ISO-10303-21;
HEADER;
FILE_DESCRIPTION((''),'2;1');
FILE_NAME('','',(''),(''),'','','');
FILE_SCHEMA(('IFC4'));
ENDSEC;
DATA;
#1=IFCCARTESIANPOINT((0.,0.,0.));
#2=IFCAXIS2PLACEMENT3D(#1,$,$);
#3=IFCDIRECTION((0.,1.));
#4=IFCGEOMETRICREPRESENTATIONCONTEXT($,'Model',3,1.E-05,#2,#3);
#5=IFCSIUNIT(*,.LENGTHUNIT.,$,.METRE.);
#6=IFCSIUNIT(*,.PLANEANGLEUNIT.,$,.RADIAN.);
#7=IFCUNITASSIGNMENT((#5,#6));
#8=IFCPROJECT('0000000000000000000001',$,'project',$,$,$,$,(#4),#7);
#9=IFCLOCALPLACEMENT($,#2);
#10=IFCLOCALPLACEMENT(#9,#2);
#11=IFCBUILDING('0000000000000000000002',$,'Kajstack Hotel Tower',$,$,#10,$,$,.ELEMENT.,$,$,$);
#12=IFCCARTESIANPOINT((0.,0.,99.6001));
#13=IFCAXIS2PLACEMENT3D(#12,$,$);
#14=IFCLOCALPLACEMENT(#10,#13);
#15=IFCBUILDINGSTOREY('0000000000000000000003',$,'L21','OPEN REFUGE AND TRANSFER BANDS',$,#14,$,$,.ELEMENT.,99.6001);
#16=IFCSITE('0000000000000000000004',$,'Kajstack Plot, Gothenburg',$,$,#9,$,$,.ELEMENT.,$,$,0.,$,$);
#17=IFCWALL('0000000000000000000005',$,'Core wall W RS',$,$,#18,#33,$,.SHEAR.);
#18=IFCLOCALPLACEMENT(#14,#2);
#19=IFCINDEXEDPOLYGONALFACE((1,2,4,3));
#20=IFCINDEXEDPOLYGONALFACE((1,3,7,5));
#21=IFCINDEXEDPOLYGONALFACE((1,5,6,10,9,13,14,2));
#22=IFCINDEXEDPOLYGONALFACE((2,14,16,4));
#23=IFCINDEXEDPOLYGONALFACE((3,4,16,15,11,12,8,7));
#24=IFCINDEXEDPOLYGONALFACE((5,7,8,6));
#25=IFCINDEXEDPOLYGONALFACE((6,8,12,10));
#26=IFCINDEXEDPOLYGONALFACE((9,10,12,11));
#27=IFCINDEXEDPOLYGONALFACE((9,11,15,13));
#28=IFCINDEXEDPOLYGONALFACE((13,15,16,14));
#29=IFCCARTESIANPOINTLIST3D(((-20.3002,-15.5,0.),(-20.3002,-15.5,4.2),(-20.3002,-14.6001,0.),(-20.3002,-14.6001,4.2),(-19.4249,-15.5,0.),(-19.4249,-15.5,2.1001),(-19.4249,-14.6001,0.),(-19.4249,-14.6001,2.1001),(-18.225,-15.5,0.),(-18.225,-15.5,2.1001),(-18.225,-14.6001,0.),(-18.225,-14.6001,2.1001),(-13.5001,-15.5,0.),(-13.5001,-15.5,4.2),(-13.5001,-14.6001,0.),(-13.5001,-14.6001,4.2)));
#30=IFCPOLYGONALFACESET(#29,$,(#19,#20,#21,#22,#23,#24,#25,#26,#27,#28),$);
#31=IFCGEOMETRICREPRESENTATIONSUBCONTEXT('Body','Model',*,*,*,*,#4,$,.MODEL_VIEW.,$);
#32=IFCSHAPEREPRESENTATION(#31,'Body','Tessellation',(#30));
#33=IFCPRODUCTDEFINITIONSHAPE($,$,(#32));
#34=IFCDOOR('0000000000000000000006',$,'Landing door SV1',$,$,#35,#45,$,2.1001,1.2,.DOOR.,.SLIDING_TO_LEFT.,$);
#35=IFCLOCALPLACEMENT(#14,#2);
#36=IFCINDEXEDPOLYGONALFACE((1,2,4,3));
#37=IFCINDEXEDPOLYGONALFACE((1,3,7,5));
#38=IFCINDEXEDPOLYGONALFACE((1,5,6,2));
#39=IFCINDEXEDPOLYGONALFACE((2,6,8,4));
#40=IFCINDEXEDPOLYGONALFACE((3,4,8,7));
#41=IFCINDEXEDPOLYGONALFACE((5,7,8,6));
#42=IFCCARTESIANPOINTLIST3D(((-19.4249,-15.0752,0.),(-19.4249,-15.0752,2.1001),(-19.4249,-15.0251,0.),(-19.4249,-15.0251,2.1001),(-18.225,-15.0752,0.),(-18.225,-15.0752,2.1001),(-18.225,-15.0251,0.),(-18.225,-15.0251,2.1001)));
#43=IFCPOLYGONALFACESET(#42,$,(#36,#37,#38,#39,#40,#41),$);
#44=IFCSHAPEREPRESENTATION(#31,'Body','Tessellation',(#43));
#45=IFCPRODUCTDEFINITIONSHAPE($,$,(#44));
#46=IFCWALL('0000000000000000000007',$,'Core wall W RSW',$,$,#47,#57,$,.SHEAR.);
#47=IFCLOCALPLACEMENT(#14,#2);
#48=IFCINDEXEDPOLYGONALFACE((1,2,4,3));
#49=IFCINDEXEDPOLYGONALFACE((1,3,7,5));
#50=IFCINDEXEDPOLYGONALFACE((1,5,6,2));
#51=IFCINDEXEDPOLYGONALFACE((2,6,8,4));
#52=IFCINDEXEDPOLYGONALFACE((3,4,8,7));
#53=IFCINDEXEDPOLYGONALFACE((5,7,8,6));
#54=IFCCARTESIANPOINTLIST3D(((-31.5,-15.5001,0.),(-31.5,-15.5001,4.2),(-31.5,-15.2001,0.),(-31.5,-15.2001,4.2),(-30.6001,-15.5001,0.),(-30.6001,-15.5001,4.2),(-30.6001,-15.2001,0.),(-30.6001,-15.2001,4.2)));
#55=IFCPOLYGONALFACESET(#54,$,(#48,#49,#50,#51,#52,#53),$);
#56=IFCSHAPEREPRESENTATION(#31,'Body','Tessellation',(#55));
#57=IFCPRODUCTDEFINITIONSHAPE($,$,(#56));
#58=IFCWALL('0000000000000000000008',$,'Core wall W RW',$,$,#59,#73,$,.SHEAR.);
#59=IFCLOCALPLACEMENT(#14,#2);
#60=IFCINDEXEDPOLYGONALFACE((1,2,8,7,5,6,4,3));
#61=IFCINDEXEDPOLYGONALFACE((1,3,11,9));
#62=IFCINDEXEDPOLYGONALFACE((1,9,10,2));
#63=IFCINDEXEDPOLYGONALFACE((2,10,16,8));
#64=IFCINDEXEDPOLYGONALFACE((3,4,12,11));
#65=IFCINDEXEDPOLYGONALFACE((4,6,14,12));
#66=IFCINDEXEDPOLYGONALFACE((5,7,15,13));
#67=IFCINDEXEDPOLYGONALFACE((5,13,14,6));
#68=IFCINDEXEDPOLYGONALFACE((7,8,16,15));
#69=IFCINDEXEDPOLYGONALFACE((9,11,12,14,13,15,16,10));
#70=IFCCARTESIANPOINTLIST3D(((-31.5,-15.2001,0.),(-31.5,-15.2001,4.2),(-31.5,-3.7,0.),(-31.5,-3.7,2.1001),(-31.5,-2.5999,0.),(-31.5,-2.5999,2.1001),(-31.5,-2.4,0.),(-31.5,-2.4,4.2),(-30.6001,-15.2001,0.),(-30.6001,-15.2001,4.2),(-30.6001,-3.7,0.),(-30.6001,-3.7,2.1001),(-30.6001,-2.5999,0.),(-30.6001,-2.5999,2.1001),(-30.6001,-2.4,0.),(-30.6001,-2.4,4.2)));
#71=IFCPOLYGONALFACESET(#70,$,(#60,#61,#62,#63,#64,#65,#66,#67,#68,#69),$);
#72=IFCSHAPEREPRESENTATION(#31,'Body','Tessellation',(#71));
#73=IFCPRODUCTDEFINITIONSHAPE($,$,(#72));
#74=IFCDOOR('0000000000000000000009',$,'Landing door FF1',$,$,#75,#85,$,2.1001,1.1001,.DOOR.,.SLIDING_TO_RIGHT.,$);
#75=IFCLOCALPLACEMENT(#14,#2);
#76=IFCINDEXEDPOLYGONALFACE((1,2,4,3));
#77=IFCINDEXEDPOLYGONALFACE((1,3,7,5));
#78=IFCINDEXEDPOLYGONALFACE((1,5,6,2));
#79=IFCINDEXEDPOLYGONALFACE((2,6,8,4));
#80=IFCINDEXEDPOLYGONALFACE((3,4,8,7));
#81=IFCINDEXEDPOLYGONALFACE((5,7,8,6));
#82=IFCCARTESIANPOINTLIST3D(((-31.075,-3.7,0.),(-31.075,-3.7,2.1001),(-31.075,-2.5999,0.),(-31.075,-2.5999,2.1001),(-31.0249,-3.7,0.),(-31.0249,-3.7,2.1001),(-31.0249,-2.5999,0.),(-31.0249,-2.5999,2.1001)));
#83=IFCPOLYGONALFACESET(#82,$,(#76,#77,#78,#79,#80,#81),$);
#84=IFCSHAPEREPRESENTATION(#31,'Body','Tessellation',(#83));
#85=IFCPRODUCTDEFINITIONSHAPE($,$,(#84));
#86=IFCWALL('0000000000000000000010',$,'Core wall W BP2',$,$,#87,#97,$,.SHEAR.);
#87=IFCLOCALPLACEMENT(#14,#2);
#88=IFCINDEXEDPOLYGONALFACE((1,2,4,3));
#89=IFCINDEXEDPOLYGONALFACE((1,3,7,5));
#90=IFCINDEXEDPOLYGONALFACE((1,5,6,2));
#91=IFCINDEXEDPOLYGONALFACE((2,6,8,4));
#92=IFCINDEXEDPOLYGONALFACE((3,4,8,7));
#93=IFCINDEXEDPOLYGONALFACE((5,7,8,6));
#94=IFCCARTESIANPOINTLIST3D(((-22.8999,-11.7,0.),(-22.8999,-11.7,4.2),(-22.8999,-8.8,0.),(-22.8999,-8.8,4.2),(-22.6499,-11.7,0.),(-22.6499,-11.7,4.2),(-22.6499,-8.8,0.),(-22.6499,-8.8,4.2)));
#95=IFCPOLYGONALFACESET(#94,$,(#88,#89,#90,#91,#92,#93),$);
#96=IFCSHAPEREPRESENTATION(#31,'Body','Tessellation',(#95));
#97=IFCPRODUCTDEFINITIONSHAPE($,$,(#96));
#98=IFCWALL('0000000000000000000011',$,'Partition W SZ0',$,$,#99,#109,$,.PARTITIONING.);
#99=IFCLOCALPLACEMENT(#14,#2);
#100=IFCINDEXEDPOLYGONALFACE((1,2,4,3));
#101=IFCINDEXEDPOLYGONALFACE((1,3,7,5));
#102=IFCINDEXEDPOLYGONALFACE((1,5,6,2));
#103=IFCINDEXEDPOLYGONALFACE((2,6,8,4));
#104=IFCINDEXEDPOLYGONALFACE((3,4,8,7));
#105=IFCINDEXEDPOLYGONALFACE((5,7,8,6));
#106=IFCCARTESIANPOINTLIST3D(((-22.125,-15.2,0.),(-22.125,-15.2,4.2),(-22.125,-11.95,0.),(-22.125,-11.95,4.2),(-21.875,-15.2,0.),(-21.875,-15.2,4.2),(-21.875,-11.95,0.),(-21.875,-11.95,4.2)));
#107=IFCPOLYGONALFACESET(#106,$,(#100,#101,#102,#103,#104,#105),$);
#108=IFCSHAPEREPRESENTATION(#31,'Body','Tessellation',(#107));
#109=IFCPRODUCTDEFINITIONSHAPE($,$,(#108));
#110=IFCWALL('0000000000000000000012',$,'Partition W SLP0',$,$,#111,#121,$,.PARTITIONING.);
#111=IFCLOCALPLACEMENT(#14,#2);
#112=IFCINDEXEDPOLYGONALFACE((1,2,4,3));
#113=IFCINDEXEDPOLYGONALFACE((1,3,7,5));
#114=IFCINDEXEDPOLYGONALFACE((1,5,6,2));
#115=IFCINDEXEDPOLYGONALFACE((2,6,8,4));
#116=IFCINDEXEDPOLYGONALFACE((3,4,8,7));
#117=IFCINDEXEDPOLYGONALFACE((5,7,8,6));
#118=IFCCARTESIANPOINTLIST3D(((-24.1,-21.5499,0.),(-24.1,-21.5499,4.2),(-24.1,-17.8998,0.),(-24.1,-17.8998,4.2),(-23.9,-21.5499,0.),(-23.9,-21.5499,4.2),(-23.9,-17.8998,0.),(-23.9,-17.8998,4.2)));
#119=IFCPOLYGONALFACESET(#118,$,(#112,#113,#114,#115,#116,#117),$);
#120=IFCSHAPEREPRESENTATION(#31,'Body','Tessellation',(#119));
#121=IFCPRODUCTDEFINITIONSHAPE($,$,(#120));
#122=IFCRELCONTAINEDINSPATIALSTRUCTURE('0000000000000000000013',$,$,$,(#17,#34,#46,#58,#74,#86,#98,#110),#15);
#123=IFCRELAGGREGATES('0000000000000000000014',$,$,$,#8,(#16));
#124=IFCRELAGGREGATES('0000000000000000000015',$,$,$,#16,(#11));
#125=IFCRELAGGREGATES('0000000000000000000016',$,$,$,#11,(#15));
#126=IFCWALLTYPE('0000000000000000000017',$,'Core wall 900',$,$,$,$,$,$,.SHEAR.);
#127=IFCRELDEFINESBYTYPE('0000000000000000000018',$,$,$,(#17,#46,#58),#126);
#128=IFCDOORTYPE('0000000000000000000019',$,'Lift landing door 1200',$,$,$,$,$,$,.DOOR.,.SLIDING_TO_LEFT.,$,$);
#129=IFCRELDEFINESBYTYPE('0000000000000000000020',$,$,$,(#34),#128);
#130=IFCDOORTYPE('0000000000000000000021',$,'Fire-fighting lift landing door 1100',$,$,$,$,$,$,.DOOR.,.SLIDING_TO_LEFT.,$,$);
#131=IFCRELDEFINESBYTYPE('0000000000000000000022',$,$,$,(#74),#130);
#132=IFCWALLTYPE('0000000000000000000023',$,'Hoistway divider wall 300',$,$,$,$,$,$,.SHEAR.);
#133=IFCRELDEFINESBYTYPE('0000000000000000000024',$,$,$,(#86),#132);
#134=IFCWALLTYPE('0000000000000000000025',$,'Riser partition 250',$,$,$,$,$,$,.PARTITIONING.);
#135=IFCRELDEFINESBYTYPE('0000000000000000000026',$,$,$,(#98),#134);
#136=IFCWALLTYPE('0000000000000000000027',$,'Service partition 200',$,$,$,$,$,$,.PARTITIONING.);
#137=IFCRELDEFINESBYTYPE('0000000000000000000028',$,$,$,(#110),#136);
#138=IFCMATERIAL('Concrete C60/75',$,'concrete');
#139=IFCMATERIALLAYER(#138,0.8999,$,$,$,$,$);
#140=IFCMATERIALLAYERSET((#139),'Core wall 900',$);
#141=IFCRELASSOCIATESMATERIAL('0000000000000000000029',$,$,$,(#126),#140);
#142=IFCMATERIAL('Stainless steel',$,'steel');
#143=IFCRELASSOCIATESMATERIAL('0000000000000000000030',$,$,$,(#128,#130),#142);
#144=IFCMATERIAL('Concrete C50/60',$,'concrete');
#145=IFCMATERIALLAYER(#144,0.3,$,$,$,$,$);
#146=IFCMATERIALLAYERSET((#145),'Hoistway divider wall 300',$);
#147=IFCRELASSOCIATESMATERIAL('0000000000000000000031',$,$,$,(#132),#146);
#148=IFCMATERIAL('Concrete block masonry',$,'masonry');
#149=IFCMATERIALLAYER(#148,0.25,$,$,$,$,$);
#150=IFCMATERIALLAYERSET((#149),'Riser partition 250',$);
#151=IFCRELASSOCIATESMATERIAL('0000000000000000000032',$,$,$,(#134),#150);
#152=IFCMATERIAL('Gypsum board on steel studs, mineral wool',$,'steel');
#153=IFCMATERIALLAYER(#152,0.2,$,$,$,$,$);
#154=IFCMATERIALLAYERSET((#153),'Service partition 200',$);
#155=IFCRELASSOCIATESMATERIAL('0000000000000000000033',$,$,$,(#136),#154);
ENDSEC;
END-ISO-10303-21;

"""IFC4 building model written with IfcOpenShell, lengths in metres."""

from ifc_helpers import new_model, si_unit, direction, frame, frame_2d, origin, place, context, subcontext, project, spatial, rectangle, extrude, material, layer, layer_set, type_object, element, fill, save


model = new_model("IFC4")

# Units and contexts
model_context = context("Model", 3, precision=1e-05, world=origin(), true_north=direction((0.0, 1.0)))
body_context = subcontext(model_context, "Body", "Model", "MODEL_VIEW")
ifc_project = project(units=[si_unit("LENGTHUNIT", "METRE"), si_unit("PLANEANGLEUNIT", "RADIAN")], contexts=[model_context])

# Site, building, storey
site_placement = place(None, origin())
site = spatial("IfcSite", under=ifc_project, at=site_placement, Name="Kajstack Plot, Gothenburg", CompositionType="ELEMENT", RefElevation=0.0)
building_placement = place(site_placement, origin())
building = spatial("IfcBuilding", under=site, at=building_placement, Name="Kajstack Hotel Tower", CompositionType="ELEMENT")
storey_placement = place(building_placement, frame((0.0, 0.0, 99.6001)))
storey = spatial("IfcBuildingStorey", under=building, at=storey_placement, Name="L21", Description="OPEN REFUGE AND TRANSFER BANDS", CompositionType="ELEMENT", Elevation=99.6001)

# Wall, opening, door
ifc_material_1 = material(Name="Concrete C60/75", Category="concrete")
ifc_layer_1 = layer(ifc_material_1, 0.8999)
ifc_layer_set_1 = layer_set([ifc_layer_1], Name="Core wall 900")
wall_type_1 = type_object("IfcWallType", Name="Core wall 900", PredefinedType="SHEAR", material=ifc_layer_set_1)
wall_1_placement = place(storey_placement, frame((-20.3, -15.05, 0.0), z_axis=(0.0, 0.0, 1.0), x_axis=(1.0, 0.0, 0.0)))
wall_1 = element("IfcWall", 1, at=wall_1_placement, inside=storey, type_object=wall_type_1, Name="Core wall W RS", PredefinedType="SHEAR", context=body_context, shape_type="SweptSolid", body=[
    extrude(rectangle(XDim=6.8, YDim=0.8999, at=frame_2d((3.3999, 0.0))), origin(), (0.0, 0.0, 1.0), 4.2),
])
opening_1_placement = place(wall_1_placement, frame((0.875, 0.0, 0.0)))
opening_1 = element("IfcOpeningElement", 2, at=opening_1_placement, cuts=wall_1, PredefinedType="OPENING", context=body_context, shape_type="SweptSolid", body=[
    extrude(rectangle(XDim=1.2, YDim=2.1001, at=frame_2d((0.6001, 1.05))), frame((0.0, 0.46, 0.0), z_axis=(0.0, -1.0, 0.0), x_axis=(1.0, 0.0, 0.0)), (0.0, 0.0, 1.0), 0.9199),
])
ifc_material_2 = material(Name="Stainless steel", Category="steel")
door_type_1 = type_object("IfcDoorType", Name="Lift landing door 1200", OperationType="SLIDING_TO_LEFT", PredefinedType="DOOR", material=ifc_material_2)
door_1_placement = place(opening_1_placement, origin())
door_1 = element("IfcDoor", 3, at=door_1_placement, inside=storey, type_object=door_type_1, Name="Landing door SV1", OperationType="SLIDING_TO_LEFT", OverallHeight=2.1001, OverallWidth=1.2, PredefinedType="DOOR", context=body_context, shape_type="SweptSolid", body=[
    extrude(rectangle(XDim=1.2, YDim=2.1001, at=frame_2d((0.6001, 1.05))), frame((0.0, 0.0249, 0.0), z_axis=(0.0, -1.0, 0.0), x_axis=(1.0, 0.0, 0.0)), (0.0, 0.0, 1.0), 0.05),
])
fill(opening_1, door_1)

# Wall
wall_2_placement = place(storey_placement, frame((-31.5, -15.3501, 0.0), z_axis=(0.0, 0.0, 1.0), x_axis=(1.0, 0.0, 0.0)))
element("IfcWall", 4, at=wall_2_placement, inside=storey, type_object=wall_type_1, Name="Core wall W RSW", PredefinedType="SHEAR", context=body_context, shape_type="SweptSolid", body=[
    extrude(rectangle(XDim=0.8999, YDim=0.3, at=frame_2d((0.45, 0.0))), origin(), (0.0, 0.0, 1.0), 4.2),
])

# Wall, opening, door
wall_3_placement = place(storey_placement, frame((-31.05, -15.2, 0.0), z_axis=(0.0, 0.0, 1.0), x_axis=(0.0, 1.0, 0.0)))
wall_3 = element("IfcWall", 5, at=wall_3_placement, inside=storey, type_object=wall_type_1, Name="Core wall W RW", PredefinedType="SHEAR", context=body_context, shape_type="SweptSolid", body=[
    extrude(rectangle(XDim=12.8, YDim=0.8999, at=frame_2d((6.3999, 0.0))), origin(), (0.0, 0.0, 1.0), 4.2),
])
opening_2_placement = place(wall_3_placement, frame((11.5, 0.0, 0.0)))
opening_2 = element("IfcOpeningElement", 6, at=opening_2_placement, cuts=wall_3, PredefinedType="OPENING", context=body_context, shape_type="SweptSolid", body=[
    extrude(rectangle(XDim=1.1001, YDim=2.1001, at=frame_2d((0.55, 1.05))), frame((0.0, 0.46, 0.0), z_axis=(0.0, -1.0, 0.0), x_axis=(1.0, 0.0, 0.0)), (0.0, 0.0, 1.0), 0.9199),
])
door_type_2 = type_object("IfcDoorType", Name="Fire-fighting lift landing door 1100", OperationType="SLIDING_TO_LEFT", PredefinedType="DOOR", material=ifc_material_2)
door_2_placement = place(opening_2_placement, origin())
door_2 = element("IfcDoor", 7, at=door_2_placement, inside=storey, type_object=door_type_2, Name="Landing door FF1", OperationType="SLIDING_TO_RIGHT", OverallHeight=2.1001, OverallWidth=1.1001, PredefinedType="DOOR", context=body_context, shape_type="SweptSolid", body=[
    extrude(rectangle(XDim=1.1001, YDim=2.1001, at=frame_2d((0.55, 1.05))), frame((0.0, 0.0249, 0.0), z_axis=(0.0, -1.0, 0.0), x_axis=(1.0, 0.0, 0.0)), (0.0, 0.0, 1.0), 0.05),
])
fill(opening_2, door_2)

# Walls
ifc_material_3 = material(Name="Concrete C50/60", Category="concrete")
ifc_layer_2 = layer(ifc_material_3, 0.3)
ifc_layer_set_2 = layer_set([ifc_layer_2], Name="Hoistway divider wall 300")
wall_type_2 = type_object("IfcWallType", Name="Hoistway divider wall 300", PredefinedType="SHEAR", material=ifc_layer_set_2)
wall_4_placement = place(storey_placement, frame((-22.7749, -11.7, 0.0), z_axis=(0.0, 0.0, 1.0), x_axis=(0.0, 1.0, 0.0)))
element("IfcWall", 8, at=wall_4_placement, inside=storey, type_object=wall_type_2, Name="Core wall W BP2", PredefinedType="SHEAR", context=body_context, shape_type="SweptSolid", body=[
    extrude(rectangle(XDim=2.8999, YDim=0.25, at=frame_2d((1.45, 0.0))), origin(), (0.0, 0.0, 1.0), 4.2),
])
ifc_material_4 = material(Name="Concrete block masonry", Category="masonry")
ifc_layer_3 = layer(ifc_material_4, 0.25)
ifc_layer_set_3 = layer_set([ifc_layer_3], Name="Riser partition 250")
wall_type_3 = type_object("IfcWallType", Name="Riser partition 250", PredefinedType="PARTITIONING", material=ifc_layer_set_3)
wall_5_placement = place(storey_placement, frame((-22.0, -15.2, 0.0), z_axis=(0.0, 0.0, 1.0), x_axis=(0.0, 1.0, 0.0)))
element("IfcWall", 9, at=wall_5_placement, inside=storey, type_object=wall_type_3, Name="Partition W SZ0", PredefinedType="PARTITIONING", context=body_context, shape_type="SweptSolid", body=[
    extrude(rectangle(XDim=3.25, YDim=0.25, at=frame_2d((1.625, 0.0))), origin(), (0.0, 0.0, 1.0), 4.2),
])
ifc_material_5 = material(Name="Gypsum board on steel studs, mineral wool", Category="steel")
ifc_layer_4 = layer(ifc_material_5, 0.2)
ifc_layer_set_4 = layer_set([ifc_layer_4], Name="Service partition 200")
wall_type_4 = type_object("IfcWallType", Name="Service partition 200", PredefinedType="PARTITIONING", material=ifc_layer_set_4)
wall_6_placement = place(storey_placement, frame((-24.0, -21.55, 0.0), z_axis=(0.0, 0.0, 1.0), x_axis=(0.0, 1.0, 0.0)))
element("IfcWall", 10, at=wall_6_placement, inside=storey, type_object=wall_type_4, Name="Partition W SLP0", PredefinedType="PARTITIONING", context=body_context, shape_type="SweptSolid", body=[
    extrude(rectangle(XDim=3.6501, YDim=0.2, at=frame_2d((1.8252, 0.0))), origin(), (0.0, 0.0, 1.0), 4.2),
])

save(model, "model.ifc")
